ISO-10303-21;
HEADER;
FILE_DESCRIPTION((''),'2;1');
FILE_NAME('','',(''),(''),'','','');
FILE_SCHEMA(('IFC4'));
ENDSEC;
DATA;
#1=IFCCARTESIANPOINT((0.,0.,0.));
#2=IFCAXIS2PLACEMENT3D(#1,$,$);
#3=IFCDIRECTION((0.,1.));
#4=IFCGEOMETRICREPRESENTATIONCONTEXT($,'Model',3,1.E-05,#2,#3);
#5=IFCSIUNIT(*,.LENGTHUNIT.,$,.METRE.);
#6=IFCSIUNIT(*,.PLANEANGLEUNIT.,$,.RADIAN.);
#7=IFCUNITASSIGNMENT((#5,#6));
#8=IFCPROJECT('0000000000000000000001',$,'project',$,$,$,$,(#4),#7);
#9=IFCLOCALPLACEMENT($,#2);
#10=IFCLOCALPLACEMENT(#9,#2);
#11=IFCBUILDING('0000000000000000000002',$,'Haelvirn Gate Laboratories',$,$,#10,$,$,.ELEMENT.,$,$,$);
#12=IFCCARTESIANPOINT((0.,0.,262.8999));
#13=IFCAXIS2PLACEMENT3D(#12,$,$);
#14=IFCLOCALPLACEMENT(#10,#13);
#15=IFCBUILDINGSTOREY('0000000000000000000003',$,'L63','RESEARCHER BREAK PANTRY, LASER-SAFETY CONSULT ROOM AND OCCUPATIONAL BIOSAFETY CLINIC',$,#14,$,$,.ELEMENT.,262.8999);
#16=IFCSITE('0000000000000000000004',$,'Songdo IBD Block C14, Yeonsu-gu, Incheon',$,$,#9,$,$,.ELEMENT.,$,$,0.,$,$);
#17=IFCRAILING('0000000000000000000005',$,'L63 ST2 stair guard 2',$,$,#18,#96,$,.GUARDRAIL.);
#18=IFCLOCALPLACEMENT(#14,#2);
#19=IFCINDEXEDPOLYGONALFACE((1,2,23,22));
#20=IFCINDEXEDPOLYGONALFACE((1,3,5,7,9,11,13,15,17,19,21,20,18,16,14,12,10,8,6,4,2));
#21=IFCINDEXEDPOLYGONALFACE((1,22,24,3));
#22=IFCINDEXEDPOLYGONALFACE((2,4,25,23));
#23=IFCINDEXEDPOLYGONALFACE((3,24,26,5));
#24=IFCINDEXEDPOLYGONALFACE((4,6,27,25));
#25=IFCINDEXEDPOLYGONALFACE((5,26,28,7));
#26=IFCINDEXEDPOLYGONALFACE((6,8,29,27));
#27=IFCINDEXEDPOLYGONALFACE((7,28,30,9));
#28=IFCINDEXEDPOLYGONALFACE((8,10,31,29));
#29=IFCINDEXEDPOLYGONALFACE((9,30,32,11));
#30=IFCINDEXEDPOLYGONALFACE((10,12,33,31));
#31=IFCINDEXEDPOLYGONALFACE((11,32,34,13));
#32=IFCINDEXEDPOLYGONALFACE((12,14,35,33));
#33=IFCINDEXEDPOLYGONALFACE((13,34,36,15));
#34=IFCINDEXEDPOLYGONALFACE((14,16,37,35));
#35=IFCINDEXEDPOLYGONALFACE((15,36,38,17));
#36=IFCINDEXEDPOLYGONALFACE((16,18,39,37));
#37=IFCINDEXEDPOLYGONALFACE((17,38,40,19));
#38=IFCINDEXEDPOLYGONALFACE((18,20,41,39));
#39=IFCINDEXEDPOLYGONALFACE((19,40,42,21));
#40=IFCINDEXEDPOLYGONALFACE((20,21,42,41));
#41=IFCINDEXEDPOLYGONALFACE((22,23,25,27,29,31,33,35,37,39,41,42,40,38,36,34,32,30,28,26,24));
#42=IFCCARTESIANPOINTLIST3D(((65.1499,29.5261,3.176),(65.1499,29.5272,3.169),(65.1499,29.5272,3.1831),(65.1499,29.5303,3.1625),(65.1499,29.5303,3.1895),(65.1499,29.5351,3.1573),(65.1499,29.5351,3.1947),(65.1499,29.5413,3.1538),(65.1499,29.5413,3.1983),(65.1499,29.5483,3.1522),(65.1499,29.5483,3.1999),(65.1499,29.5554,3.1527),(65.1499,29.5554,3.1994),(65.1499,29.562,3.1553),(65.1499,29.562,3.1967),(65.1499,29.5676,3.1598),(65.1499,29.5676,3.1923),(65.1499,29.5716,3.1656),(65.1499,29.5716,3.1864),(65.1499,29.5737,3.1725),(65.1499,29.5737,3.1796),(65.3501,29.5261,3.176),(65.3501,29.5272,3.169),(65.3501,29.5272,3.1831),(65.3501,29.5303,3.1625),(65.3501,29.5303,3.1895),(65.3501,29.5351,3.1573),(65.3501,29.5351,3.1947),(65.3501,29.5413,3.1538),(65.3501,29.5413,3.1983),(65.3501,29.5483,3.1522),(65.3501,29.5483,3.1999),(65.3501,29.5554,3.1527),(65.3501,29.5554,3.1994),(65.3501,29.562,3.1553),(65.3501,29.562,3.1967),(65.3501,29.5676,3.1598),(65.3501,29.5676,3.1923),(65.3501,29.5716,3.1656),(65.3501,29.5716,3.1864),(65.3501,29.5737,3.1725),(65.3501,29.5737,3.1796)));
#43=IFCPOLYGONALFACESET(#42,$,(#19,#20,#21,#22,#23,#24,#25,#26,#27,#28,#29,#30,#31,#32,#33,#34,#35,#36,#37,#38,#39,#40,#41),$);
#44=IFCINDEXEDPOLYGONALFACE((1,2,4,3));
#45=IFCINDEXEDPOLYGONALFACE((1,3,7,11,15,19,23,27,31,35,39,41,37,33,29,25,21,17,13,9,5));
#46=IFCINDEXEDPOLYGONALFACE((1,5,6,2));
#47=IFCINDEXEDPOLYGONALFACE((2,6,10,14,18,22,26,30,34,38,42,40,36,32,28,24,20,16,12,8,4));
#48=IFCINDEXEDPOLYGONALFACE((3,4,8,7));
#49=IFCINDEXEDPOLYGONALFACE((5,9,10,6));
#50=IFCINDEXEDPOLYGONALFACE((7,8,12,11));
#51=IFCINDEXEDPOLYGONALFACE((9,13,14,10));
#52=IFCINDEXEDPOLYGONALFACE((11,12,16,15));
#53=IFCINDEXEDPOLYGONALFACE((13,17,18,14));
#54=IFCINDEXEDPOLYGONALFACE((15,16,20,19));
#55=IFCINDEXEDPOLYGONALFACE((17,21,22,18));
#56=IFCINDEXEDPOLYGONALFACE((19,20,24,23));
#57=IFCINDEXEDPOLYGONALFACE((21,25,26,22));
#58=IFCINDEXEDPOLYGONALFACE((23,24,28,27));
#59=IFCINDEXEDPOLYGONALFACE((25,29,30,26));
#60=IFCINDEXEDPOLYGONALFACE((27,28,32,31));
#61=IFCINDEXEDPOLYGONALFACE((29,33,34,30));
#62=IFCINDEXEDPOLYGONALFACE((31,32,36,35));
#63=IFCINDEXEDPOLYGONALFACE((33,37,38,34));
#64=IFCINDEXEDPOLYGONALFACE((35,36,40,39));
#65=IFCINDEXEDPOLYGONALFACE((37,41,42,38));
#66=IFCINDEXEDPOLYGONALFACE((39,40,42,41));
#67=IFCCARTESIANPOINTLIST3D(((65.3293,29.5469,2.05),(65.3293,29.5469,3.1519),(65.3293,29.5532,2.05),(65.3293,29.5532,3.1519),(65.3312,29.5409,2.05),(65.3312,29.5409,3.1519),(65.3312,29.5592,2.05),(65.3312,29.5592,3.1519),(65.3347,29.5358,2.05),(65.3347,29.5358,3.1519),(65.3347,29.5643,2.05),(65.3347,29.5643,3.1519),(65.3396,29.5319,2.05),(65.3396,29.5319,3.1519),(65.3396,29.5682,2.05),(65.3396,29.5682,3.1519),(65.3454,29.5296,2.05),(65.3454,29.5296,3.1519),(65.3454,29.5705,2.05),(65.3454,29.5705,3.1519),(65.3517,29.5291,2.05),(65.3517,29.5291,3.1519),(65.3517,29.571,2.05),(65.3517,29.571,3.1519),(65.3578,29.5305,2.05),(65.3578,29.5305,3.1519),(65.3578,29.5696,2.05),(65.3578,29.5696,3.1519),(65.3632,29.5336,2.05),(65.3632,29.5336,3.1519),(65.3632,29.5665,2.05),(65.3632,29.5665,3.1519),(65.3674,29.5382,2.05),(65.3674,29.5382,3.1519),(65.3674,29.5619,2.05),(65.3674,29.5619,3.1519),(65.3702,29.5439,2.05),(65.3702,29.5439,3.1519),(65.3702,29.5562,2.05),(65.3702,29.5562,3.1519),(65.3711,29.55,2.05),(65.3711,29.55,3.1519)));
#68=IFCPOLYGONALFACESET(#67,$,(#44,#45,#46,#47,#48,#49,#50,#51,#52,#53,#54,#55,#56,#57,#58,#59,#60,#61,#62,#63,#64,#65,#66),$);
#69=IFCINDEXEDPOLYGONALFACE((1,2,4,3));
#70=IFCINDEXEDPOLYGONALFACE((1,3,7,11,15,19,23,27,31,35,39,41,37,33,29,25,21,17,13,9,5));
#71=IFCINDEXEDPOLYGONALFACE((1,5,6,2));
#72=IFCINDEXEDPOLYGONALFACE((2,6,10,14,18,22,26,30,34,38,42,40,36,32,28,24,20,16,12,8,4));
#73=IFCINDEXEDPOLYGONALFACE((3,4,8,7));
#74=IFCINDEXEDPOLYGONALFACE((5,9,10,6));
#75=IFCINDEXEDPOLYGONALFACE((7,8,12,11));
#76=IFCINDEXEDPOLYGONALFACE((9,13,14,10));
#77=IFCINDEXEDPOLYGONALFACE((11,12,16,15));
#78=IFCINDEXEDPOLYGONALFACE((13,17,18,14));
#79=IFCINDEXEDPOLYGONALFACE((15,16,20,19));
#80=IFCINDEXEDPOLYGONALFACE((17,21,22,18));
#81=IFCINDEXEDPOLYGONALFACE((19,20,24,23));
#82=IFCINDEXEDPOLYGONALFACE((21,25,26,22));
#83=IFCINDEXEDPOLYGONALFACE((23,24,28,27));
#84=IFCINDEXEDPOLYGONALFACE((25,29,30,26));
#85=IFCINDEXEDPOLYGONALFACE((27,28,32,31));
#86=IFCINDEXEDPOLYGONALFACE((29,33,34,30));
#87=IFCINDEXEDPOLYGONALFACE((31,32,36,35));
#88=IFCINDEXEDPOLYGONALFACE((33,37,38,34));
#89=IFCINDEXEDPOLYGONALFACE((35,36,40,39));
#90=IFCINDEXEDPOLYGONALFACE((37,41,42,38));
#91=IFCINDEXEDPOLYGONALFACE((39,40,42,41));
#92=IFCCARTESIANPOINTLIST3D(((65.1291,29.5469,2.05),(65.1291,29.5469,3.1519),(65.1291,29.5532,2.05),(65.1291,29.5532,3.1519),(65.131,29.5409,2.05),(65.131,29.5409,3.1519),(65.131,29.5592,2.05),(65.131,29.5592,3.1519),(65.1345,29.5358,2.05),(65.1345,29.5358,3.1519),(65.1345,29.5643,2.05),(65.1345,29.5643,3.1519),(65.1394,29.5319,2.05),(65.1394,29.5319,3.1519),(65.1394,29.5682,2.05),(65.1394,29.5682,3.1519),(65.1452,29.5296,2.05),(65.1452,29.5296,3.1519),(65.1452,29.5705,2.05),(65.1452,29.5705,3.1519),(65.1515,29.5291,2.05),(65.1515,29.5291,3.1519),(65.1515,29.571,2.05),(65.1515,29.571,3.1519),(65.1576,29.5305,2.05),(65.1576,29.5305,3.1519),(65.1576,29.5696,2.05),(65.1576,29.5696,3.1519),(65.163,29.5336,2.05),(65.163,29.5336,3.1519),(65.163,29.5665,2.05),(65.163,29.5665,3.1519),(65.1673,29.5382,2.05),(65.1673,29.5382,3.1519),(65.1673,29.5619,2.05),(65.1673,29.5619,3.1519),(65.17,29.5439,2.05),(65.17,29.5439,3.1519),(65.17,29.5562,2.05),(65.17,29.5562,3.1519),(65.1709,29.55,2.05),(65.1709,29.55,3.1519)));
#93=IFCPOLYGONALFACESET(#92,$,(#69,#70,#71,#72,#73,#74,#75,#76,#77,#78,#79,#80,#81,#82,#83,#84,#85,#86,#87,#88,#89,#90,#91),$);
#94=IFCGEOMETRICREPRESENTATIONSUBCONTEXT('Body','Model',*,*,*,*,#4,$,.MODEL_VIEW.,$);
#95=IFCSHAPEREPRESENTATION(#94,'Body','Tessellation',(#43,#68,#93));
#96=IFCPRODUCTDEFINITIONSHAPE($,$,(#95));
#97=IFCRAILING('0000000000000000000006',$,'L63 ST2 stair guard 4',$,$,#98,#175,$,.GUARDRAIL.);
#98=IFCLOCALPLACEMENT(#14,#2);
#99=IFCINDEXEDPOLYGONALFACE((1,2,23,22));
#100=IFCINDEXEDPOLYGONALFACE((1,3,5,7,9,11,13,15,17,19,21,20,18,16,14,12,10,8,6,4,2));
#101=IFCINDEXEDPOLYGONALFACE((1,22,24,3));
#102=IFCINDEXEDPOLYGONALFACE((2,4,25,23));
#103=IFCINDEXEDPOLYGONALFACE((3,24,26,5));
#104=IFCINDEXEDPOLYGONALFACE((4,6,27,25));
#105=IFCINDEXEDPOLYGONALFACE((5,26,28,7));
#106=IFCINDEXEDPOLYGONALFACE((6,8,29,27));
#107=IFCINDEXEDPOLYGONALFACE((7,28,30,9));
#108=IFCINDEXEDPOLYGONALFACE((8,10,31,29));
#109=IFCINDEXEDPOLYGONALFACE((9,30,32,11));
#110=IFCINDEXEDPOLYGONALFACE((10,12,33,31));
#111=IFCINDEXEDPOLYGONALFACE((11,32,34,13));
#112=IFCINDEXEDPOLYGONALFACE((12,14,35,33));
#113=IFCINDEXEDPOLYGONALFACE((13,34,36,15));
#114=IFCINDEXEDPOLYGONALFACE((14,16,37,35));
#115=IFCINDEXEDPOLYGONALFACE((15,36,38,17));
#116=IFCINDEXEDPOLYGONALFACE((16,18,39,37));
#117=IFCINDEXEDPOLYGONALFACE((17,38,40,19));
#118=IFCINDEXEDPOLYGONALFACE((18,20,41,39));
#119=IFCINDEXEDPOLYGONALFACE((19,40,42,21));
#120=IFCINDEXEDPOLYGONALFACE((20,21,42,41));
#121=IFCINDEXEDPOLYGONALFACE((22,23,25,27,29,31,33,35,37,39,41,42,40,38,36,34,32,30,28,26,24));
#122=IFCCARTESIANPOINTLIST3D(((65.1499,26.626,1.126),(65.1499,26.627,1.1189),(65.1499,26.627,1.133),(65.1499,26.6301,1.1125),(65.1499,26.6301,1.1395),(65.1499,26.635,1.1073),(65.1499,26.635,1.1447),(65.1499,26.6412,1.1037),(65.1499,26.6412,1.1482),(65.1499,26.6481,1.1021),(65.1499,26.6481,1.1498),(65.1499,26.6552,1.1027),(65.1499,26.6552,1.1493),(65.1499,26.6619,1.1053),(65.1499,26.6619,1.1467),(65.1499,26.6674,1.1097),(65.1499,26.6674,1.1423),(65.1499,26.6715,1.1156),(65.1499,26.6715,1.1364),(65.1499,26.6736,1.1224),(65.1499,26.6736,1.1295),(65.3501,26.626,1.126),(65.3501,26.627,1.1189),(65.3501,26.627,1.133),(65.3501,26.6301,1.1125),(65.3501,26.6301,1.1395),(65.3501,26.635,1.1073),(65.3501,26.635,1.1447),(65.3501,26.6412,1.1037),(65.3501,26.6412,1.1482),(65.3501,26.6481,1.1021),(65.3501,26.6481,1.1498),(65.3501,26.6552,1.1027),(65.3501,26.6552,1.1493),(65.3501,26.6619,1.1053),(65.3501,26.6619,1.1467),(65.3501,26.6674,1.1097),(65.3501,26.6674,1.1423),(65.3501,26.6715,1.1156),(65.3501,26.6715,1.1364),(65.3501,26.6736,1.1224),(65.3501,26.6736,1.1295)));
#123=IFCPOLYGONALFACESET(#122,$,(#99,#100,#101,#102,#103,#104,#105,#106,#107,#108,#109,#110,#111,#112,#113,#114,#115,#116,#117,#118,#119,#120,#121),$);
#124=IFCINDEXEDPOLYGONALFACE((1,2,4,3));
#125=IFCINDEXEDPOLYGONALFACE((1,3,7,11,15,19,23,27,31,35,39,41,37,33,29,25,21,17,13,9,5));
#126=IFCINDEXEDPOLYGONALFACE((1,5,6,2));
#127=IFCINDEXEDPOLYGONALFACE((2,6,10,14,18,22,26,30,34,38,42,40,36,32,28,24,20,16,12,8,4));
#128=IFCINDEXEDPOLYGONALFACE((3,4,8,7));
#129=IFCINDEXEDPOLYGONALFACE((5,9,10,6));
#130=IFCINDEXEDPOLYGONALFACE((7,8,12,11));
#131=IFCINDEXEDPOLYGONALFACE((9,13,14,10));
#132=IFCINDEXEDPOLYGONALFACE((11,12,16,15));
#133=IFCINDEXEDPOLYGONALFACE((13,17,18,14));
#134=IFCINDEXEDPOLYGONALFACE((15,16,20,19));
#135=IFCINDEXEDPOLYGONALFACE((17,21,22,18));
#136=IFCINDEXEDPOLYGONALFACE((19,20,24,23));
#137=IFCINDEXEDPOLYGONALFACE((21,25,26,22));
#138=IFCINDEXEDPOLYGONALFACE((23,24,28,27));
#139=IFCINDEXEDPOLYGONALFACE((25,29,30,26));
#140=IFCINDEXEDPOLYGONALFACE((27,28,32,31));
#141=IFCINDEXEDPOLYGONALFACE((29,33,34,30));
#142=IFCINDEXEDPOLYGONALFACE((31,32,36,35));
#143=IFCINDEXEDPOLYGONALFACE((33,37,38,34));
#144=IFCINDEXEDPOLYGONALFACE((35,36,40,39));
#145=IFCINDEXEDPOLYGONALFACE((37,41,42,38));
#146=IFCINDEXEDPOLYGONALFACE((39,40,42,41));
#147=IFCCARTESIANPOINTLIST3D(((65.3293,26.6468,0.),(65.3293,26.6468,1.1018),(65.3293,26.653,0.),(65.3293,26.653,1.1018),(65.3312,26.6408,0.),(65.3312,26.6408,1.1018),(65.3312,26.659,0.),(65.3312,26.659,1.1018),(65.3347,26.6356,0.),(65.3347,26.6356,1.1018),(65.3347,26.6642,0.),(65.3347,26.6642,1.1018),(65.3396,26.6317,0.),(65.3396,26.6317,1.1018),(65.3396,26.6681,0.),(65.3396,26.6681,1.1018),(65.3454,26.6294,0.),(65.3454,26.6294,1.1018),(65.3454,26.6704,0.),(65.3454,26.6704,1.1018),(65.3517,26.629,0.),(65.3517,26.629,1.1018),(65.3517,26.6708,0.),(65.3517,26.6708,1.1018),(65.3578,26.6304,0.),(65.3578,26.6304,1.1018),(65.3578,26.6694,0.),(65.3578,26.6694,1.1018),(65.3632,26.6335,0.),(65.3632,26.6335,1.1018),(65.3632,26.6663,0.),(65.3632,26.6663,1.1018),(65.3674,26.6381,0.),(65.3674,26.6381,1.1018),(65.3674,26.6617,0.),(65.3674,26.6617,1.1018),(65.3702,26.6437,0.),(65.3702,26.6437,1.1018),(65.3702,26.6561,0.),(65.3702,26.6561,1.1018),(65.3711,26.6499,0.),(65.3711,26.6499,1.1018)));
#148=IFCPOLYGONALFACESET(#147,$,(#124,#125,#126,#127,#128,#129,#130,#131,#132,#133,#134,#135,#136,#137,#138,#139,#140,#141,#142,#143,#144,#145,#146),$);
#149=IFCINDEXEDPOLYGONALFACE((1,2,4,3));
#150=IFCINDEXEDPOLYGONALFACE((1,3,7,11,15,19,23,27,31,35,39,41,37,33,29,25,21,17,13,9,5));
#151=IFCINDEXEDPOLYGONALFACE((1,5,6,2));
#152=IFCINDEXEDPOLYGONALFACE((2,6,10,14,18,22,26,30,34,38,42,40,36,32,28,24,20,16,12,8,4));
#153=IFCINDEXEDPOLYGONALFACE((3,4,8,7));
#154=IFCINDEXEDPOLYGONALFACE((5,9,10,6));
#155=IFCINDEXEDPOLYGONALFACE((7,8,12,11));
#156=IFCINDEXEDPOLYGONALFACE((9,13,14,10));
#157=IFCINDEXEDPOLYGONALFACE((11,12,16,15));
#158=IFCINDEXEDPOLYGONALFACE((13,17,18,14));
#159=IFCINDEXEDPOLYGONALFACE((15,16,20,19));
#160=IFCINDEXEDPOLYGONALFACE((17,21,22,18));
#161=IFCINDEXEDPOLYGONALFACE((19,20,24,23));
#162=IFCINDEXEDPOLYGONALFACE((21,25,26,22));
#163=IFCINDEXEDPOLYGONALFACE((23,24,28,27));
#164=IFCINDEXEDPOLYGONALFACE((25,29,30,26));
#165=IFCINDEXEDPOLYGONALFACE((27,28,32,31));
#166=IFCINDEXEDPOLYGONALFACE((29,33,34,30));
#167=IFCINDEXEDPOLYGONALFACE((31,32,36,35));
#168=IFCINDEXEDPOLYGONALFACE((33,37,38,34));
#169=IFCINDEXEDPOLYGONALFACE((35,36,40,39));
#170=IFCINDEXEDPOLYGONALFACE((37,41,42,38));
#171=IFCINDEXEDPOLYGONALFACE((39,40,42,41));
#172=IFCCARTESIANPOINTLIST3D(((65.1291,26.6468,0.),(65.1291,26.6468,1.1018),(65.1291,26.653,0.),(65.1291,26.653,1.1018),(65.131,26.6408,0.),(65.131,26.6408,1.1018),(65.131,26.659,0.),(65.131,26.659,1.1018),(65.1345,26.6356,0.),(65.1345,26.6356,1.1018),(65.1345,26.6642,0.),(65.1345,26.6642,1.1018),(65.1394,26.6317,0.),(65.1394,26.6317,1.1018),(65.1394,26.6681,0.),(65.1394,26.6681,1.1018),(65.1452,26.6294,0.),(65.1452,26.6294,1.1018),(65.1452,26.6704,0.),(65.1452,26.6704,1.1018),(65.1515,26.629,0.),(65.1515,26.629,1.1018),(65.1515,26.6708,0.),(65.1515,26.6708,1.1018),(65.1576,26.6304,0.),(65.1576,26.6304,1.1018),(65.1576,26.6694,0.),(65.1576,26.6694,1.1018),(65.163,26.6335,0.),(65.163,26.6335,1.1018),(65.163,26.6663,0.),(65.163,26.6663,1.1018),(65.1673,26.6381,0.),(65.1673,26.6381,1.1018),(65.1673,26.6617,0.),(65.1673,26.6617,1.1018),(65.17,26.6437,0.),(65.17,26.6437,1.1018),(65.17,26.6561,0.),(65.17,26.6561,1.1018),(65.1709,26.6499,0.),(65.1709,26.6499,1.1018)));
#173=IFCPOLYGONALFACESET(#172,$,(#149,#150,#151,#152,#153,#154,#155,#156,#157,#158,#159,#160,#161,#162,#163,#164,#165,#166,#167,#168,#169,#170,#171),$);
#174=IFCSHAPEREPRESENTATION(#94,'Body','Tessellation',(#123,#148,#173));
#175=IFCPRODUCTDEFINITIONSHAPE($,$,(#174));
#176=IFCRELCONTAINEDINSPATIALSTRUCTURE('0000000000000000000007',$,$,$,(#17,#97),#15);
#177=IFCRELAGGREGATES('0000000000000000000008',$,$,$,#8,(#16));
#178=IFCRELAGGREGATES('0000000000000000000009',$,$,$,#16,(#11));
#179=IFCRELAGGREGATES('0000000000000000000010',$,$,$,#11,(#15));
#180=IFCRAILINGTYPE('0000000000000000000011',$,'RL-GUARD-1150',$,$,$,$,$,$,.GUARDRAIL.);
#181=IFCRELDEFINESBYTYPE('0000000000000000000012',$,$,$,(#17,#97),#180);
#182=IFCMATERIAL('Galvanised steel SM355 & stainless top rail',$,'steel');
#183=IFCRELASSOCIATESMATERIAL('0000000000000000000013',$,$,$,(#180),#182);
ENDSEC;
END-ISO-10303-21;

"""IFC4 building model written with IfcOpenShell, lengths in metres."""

from ifc_helpers import new_model, si_unit, direction, frame, origin, origin_2d, place, context, subcontext, project, spatial, circle, extrude, source, transform, mapped, material, type_object, element, save


model = new_model("IFC4")

# Units and contexts
model_context = context("Model", 3, precision=1e-05, world=origin(), true_north=direction((0.0, 1.0)))
body_context = subcontext(model_context, "Body", "Model", "MODEL_VIEW")
ifc_project = project(units=[si_unit("LENGTHUNIT", "METRE"), si_unit("PLANEANGLEUNIT", "RADIAN")], contexts=[model_context])

# Site, building, storey
site_placement = place(None, origin())
site = spatial("IfcSite", under=ifc_project, at=site_placement, Name="Songdo IBD Block C14, Yeonsu-gu, Incheon", CompositionType="ELEMENT", RefElevation=0.0)
building_placement = place(site_placement, origin())
building = spatial("IfcBuilding", under=site, at=building_placement, Name="Haelvirn Gate Laboratories", CompositionType="ELEMENT")
storey_placement = place(building_placement, frame((0.0, 0.0, 262.8999)))
storey = spatial("IfcBuildingStorey", under=building, at=storey_placement, Name="L63", Description="RESEARCHER BREAK PANTRY, LASER-SAFETY CONSULT ROOM AND OCCUPATIONAL BIOSAFETY CLINIC", CompositionType="ELEMENT", Elevation=262.8999)

# Railings
ifc_material_1 = material(Name="Galvanised steel SM355 & stainless top rail", Category="steel")
railing_type_1 = type_object("IfcRailingType", Name="RL-GUARD-1150", PredefinedType="GUARDRAIL", material=ifc_material_1)
shared_shape_1 = source(origin(), body_context, "Body", "SweptSolid", [
    extrude(circle(Radius=0.0239, at=origin_2d()), frame((0.0, 0.0, 1.126), z_axis=(-1.0, 0.0, 0.0), x_axis=(0.0, -1.0, 0.0)), (0.0, 0.0, 1.0), 0.2002),
    extrude(circle(Radius=0.021, at=origin_2d()), origin(), (0.0, 0.0, 1.0), 1.1018),
    extrude(circle(Radius=0.021, at=origin_2d()), frame((-0.2002, 0.0, 0.0)), (0.0, 0.0, 1.0), 1.1018),
])
for number, where, name in (
    (1, (65.3501, 29.55, 2.05), "L63 ST2 stair guard 2"),
    (2, (65.3501, 26.6499, 0.0), "L63 ST2 stair guard 4"),
):
    element("IfcRailing", number, at=place(storey_placement, frame(where)), inside=storey, type_object=railing_type_1, Name=name, PredefinedType="GUARDRAIL", context=body_context, shape_type="MappedRepresentation", body=[
        mapped(shared_shape_1, transform((0.0, 0.0, 0.0), scale=1.0)),
    ])

save(model, "model.ifc")
